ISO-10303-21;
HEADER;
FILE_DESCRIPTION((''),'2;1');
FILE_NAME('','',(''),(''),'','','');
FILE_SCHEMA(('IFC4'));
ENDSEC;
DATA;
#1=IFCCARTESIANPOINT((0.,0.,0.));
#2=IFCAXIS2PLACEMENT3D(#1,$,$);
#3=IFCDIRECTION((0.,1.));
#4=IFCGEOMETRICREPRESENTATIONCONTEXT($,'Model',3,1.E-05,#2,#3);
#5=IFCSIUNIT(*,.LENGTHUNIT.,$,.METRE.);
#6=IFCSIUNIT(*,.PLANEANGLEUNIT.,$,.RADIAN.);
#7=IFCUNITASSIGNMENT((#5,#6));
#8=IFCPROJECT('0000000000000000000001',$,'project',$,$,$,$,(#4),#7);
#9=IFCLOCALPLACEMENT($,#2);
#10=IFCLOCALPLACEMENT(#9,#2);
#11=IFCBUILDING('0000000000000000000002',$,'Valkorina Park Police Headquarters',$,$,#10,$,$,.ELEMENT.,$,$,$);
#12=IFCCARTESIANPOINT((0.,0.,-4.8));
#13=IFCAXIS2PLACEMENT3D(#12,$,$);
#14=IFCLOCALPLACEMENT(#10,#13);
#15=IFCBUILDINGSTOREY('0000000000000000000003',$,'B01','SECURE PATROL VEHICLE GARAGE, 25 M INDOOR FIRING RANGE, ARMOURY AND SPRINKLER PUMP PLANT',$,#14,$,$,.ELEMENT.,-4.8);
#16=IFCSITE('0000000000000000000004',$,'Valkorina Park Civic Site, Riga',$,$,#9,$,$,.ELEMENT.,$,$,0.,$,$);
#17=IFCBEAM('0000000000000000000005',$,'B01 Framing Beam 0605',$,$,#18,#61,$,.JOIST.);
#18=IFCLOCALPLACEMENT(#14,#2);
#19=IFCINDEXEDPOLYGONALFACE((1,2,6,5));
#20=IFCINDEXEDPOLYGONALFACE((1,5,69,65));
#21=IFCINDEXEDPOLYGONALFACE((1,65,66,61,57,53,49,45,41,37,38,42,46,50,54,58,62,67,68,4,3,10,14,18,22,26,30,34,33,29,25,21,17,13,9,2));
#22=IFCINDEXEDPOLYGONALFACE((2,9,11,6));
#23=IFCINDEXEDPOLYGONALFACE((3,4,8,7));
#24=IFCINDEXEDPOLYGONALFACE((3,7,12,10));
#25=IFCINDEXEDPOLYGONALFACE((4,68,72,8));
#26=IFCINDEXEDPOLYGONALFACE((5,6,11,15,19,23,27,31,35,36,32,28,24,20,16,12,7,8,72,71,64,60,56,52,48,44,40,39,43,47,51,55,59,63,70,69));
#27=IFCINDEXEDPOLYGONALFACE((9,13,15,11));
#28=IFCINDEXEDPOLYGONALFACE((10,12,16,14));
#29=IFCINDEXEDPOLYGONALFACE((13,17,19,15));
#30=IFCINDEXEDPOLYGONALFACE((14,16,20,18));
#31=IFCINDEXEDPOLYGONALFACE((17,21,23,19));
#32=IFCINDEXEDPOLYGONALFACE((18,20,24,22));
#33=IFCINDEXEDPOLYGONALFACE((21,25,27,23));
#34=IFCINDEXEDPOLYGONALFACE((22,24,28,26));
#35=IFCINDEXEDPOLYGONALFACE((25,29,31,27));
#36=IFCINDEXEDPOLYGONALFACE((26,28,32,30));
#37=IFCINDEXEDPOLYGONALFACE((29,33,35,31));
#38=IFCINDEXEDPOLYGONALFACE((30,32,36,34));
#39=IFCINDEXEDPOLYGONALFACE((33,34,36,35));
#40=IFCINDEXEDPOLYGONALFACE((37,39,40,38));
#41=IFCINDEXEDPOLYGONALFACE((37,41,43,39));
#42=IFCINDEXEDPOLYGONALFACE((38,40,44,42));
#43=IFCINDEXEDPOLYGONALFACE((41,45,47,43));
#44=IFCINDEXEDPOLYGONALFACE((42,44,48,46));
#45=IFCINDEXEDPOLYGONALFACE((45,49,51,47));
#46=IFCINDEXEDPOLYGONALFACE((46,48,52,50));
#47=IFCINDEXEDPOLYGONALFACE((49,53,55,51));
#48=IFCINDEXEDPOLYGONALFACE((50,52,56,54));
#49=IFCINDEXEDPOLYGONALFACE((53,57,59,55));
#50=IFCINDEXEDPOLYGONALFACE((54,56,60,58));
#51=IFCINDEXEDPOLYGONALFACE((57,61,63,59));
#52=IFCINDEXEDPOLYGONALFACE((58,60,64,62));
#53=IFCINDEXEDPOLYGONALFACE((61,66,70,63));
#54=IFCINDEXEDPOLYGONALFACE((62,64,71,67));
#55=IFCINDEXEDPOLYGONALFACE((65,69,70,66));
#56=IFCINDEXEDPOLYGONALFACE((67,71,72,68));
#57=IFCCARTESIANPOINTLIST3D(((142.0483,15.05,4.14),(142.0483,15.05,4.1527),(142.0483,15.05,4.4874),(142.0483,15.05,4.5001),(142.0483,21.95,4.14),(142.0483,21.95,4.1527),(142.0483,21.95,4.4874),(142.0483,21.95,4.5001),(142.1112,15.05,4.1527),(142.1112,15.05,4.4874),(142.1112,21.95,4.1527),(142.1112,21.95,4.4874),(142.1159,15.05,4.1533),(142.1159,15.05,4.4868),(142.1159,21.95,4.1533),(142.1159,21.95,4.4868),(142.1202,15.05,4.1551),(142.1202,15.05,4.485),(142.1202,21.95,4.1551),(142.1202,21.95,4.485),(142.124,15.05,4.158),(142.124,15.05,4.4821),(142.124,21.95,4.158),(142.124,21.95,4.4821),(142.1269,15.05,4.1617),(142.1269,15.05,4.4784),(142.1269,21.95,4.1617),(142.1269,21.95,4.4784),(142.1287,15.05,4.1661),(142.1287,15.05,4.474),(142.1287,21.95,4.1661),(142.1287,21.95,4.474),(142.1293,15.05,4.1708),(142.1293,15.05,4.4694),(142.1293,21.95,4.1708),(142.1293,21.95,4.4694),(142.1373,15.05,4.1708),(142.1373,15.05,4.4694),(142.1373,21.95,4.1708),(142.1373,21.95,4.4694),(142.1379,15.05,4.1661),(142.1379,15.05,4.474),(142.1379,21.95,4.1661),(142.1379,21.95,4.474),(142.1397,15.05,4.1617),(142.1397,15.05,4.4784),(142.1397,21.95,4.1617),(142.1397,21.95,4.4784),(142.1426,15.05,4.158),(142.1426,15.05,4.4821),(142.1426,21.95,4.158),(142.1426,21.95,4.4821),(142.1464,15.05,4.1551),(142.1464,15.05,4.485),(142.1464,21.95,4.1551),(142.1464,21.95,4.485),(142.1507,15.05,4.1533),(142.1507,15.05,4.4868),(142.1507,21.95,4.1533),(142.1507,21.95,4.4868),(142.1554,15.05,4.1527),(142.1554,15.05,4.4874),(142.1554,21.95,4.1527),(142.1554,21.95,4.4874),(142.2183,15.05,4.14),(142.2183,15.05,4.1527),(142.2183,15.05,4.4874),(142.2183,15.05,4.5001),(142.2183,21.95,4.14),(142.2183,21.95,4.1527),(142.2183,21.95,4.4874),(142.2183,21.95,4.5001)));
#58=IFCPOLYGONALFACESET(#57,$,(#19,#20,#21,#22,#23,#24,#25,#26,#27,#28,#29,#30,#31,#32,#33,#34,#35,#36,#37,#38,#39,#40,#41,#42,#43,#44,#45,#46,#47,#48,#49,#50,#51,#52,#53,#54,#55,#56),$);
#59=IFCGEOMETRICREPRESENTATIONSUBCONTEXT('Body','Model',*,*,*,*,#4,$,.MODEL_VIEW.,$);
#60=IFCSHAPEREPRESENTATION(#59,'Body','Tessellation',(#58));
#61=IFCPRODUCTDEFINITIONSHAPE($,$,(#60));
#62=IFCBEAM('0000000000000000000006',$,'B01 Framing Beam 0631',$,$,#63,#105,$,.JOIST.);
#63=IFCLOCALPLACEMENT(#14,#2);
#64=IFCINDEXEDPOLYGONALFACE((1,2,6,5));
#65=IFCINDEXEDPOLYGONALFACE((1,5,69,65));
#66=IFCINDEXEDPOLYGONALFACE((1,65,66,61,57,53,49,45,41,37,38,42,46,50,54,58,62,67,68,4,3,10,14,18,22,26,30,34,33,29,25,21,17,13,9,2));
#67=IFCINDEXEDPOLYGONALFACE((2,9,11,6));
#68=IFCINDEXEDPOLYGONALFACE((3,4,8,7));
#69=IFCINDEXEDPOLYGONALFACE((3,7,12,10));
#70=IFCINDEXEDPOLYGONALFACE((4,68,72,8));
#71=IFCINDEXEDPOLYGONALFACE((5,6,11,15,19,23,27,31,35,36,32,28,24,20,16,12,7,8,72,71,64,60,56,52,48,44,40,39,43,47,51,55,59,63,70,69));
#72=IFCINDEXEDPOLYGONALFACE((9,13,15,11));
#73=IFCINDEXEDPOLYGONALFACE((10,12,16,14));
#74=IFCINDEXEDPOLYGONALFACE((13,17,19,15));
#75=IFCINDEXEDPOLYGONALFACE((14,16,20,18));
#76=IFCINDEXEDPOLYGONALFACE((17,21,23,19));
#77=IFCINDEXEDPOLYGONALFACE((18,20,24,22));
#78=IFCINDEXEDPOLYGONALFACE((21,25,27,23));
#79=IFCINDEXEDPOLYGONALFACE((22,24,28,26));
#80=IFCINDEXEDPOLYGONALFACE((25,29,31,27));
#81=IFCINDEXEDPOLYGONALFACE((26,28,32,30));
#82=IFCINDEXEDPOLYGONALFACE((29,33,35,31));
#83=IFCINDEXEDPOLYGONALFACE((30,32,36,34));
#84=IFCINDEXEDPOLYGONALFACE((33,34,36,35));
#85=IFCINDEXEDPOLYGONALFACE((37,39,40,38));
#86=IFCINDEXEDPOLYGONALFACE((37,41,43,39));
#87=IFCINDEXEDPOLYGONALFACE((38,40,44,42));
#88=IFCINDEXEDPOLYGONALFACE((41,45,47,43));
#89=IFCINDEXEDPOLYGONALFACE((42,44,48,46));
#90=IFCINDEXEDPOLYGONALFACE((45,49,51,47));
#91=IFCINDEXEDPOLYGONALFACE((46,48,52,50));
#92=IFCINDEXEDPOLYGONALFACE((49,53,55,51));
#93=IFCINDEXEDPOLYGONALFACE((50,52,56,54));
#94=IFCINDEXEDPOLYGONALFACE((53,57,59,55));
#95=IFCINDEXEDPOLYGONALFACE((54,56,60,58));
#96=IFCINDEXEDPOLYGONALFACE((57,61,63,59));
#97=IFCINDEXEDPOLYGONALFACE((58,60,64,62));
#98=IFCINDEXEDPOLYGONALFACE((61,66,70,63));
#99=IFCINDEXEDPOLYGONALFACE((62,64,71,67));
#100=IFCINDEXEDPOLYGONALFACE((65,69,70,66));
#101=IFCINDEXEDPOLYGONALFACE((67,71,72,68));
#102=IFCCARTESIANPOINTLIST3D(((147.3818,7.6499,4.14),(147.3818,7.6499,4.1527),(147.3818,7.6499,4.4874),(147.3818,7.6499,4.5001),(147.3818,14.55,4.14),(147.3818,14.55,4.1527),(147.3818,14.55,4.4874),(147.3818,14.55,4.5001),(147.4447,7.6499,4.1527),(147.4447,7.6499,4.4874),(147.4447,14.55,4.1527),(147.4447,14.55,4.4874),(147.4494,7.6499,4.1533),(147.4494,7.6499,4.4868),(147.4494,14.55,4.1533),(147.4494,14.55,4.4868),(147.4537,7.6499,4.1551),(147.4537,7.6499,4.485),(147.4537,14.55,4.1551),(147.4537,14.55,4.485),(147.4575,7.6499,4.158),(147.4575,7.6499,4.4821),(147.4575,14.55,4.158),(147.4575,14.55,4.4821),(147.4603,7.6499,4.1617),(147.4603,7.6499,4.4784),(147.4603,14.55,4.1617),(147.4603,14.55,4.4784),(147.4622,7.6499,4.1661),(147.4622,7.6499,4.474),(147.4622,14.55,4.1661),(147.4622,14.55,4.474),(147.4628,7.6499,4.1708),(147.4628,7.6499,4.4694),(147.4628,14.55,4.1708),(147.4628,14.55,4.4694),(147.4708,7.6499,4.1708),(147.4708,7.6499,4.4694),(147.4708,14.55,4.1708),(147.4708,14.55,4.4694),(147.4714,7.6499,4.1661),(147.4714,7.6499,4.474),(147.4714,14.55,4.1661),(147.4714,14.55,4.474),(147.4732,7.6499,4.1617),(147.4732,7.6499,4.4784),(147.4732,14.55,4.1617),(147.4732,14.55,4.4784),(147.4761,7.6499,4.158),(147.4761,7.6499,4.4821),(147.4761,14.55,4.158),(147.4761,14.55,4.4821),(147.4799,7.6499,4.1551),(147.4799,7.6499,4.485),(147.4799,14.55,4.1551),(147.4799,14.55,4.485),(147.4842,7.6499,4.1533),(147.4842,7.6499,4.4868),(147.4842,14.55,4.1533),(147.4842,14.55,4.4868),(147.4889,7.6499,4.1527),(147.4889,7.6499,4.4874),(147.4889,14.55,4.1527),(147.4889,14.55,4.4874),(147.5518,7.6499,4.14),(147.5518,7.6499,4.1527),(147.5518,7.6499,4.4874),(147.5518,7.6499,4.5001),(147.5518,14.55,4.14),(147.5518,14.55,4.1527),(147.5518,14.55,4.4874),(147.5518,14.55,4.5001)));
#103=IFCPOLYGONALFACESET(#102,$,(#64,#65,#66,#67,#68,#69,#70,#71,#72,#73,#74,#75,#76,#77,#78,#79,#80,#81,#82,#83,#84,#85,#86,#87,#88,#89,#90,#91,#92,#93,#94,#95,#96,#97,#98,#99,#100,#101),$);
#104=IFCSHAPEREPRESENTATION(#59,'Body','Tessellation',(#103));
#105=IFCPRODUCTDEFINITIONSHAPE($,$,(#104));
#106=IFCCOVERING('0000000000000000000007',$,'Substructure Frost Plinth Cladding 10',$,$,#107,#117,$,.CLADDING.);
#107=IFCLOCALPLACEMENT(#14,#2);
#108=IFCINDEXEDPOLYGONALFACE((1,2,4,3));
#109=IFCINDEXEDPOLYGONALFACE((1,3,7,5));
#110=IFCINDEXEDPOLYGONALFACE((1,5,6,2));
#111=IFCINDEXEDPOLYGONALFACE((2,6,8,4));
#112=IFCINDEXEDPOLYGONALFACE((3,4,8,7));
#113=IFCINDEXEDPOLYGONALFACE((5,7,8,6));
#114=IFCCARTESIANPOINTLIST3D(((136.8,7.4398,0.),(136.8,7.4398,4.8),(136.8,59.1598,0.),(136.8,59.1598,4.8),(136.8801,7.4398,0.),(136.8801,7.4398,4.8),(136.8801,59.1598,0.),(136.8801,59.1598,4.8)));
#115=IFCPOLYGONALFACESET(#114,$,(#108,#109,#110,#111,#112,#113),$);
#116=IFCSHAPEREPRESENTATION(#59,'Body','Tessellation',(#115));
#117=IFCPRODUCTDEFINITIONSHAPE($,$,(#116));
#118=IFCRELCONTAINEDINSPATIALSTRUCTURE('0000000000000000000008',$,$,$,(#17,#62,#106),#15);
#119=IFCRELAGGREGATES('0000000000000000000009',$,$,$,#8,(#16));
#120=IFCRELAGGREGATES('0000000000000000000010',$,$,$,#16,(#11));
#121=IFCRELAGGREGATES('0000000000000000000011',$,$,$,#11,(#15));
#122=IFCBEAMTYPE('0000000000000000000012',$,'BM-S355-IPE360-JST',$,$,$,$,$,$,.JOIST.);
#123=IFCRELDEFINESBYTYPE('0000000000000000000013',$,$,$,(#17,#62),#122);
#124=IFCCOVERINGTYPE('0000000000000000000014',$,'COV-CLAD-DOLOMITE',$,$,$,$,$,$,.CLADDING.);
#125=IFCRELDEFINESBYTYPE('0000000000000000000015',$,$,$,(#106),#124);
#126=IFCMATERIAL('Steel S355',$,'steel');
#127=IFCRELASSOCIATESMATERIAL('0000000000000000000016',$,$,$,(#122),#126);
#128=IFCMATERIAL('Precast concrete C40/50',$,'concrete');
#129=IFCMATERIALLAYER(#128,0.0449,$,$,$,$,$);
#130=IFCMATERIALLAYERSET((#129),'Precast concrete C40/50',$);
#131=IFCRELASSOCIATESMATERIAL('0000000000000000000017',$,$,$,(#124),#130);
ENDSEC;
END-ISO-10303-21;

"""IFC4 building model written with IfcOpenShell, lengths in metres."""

from ifc_helpers import new_model, si_unit, direction, frame, frame_2d, origin, origin_2d, place, context, subcontext, project, spatial, rectangle, i_section, extrude, material, layer, layer_set, material_profile, profile_set, type_object, element, save


model = new_model("IFC4")

# Units and contexts
model_context = context("Model", 3, precision=1e-05, world=origin(), true_north=direction((0.0, 1.0)))
body_context = subcontext(model_context, "Body", "Model", "MODEL_VIEW")
ifc_project = project(units=[si_unit("LENGTHUNIT", "METRE"), si_unit("PLANEANGLEUNIT", "RADIAN")], contexts=[model_context])

# Site, building, storey
site_placement = place(None, origin())
site = spatial("IfcSite", under=ifc_project, at=site_placement, Name="Valkorina Park Civic Site, Riga", CompositionType="ELEMENT", RefElevation=0.0)
building_placement = place(site_placement, origin())
building = spatial("IfcBuilding", under=site, at=building_placement, Name="Valkorina Park Police Headquarters", CompositionType="ELEMENT")
storey_placement = place(building_placement, frame((0.0, 0.0, -4.8)))
storey = spatial("IfcBuildingStorey", under=building, at=storey_placement, Name="B01", Description="SECURE PATROL VEHICLE GARAGE, 25 M INDOOR FIRING RANGE, ARMOURY AND SPRINKLER PUMP PLANT", CompositionType="ELEMENT", Elevation=-4.8)

# Beams
ifc_material_1 = material(Name="Steel S355", Category="steel")
ifc_material_profile_1 = material_profile(ifc_material_1, i_section(OverallWidth=0.1699, OverallDepth=0.3601, WebThickness=0.0081, FlangeThickness=0.0127, FilletRadius=0.0181, at=origin_2d()), Name="IPE 360")
ifc_profile_set_1 = profile_set([ifc_material_profile_1], Name="Steel S355")
beam_type_1 = type_object("IfcBeamType", Name="BM-S355-IPE360-JST", PredefinedType="JOIST", material=ifc_profile_set_1)
for number, where, z_axis, x_axis, name in (
    (1, (142.1333, 15.05, 4.3201), (0.0, 1.0, 0.0), (-1.0, 0.0, 0.0), "B01 Framing Beam 0605"),
):
    element("IfcBeam", number, at=place(storey_placement, frame(where, z_axis=z_axis, x_axis=x_axis)), inside=storey, type_object=beam_type_1, Name=name, PredefinedType="JOIST", context=body_context, shape_type="SweptSolid", body=[
        extrude(i_section(OverallWidth=0.1699, OverallDepth=0.3601, WebThickness=0.0081, FlangeThickness=0.0127, FilletRadius=0.0181, at=origin_2d()), origin(), (0.0, 0.0, 1.0), 6.8999),
    ])
beam_1_placement = place(storey_placement, frame((147.4668, 7.6499, 4.3201), z_axis=(0.0, 1.0, 0.0), x_axis=(-1.0, 0.0, 0.0)))
element("IfcBeam", 2, at=beam_1_placement, inside=storey, type_object=beam_type_1, Name="B01 Framing Beam 0631", PredefinedType="JOIST", context=body_context, shape_type="SweptSolid", body=[
    extrude(i_section(OverallWidth=0.1699, OverallDepth=0.3601, WebThickness=0.0081, FlangeThickness=0.0127, FilletRadius=0.0181, at=origin_2d()), origin(), (0.0, 0.0, 1.0), 6.9001),
])

# Covering
ifc_material_2 = material(Name="Precast concrete C40/50", Category="concrete")
ifc_layer = layer(ifc_material_2, 0.0449)
ifc_layer_set = layer_set([ifc_layer], Name="Precast concrete C40/50")
covering_type = type_object("IfcCoveringType", Name="COV-CLAD-DOLOMITE", PredefinedType="CLADDING", material=ifc_layer_set)
covering_placement = place(storey_placement, frame((136.8401, 7.4399, 0.0), z_axis=(0.0, 0.0, 1.0), x_axis=(0.0, 1.0, 0.0)))
element("IfcCovering", 3, at=covering_placement, inside=storey, type_object=covering_type, Name="Substructure Frost Plinth Cladding 10", PredefinedType="CLADDING", context=body_context, shape_type="SweptSolid", body=[
    extrude(rectangle(XDim=51.72, YDim=0.0801, at=frame_2d((25.8599, 0.0))), origin(), (0.0, 0.0, 1.0), 4.8),
])

save(model, "model.ifc")
